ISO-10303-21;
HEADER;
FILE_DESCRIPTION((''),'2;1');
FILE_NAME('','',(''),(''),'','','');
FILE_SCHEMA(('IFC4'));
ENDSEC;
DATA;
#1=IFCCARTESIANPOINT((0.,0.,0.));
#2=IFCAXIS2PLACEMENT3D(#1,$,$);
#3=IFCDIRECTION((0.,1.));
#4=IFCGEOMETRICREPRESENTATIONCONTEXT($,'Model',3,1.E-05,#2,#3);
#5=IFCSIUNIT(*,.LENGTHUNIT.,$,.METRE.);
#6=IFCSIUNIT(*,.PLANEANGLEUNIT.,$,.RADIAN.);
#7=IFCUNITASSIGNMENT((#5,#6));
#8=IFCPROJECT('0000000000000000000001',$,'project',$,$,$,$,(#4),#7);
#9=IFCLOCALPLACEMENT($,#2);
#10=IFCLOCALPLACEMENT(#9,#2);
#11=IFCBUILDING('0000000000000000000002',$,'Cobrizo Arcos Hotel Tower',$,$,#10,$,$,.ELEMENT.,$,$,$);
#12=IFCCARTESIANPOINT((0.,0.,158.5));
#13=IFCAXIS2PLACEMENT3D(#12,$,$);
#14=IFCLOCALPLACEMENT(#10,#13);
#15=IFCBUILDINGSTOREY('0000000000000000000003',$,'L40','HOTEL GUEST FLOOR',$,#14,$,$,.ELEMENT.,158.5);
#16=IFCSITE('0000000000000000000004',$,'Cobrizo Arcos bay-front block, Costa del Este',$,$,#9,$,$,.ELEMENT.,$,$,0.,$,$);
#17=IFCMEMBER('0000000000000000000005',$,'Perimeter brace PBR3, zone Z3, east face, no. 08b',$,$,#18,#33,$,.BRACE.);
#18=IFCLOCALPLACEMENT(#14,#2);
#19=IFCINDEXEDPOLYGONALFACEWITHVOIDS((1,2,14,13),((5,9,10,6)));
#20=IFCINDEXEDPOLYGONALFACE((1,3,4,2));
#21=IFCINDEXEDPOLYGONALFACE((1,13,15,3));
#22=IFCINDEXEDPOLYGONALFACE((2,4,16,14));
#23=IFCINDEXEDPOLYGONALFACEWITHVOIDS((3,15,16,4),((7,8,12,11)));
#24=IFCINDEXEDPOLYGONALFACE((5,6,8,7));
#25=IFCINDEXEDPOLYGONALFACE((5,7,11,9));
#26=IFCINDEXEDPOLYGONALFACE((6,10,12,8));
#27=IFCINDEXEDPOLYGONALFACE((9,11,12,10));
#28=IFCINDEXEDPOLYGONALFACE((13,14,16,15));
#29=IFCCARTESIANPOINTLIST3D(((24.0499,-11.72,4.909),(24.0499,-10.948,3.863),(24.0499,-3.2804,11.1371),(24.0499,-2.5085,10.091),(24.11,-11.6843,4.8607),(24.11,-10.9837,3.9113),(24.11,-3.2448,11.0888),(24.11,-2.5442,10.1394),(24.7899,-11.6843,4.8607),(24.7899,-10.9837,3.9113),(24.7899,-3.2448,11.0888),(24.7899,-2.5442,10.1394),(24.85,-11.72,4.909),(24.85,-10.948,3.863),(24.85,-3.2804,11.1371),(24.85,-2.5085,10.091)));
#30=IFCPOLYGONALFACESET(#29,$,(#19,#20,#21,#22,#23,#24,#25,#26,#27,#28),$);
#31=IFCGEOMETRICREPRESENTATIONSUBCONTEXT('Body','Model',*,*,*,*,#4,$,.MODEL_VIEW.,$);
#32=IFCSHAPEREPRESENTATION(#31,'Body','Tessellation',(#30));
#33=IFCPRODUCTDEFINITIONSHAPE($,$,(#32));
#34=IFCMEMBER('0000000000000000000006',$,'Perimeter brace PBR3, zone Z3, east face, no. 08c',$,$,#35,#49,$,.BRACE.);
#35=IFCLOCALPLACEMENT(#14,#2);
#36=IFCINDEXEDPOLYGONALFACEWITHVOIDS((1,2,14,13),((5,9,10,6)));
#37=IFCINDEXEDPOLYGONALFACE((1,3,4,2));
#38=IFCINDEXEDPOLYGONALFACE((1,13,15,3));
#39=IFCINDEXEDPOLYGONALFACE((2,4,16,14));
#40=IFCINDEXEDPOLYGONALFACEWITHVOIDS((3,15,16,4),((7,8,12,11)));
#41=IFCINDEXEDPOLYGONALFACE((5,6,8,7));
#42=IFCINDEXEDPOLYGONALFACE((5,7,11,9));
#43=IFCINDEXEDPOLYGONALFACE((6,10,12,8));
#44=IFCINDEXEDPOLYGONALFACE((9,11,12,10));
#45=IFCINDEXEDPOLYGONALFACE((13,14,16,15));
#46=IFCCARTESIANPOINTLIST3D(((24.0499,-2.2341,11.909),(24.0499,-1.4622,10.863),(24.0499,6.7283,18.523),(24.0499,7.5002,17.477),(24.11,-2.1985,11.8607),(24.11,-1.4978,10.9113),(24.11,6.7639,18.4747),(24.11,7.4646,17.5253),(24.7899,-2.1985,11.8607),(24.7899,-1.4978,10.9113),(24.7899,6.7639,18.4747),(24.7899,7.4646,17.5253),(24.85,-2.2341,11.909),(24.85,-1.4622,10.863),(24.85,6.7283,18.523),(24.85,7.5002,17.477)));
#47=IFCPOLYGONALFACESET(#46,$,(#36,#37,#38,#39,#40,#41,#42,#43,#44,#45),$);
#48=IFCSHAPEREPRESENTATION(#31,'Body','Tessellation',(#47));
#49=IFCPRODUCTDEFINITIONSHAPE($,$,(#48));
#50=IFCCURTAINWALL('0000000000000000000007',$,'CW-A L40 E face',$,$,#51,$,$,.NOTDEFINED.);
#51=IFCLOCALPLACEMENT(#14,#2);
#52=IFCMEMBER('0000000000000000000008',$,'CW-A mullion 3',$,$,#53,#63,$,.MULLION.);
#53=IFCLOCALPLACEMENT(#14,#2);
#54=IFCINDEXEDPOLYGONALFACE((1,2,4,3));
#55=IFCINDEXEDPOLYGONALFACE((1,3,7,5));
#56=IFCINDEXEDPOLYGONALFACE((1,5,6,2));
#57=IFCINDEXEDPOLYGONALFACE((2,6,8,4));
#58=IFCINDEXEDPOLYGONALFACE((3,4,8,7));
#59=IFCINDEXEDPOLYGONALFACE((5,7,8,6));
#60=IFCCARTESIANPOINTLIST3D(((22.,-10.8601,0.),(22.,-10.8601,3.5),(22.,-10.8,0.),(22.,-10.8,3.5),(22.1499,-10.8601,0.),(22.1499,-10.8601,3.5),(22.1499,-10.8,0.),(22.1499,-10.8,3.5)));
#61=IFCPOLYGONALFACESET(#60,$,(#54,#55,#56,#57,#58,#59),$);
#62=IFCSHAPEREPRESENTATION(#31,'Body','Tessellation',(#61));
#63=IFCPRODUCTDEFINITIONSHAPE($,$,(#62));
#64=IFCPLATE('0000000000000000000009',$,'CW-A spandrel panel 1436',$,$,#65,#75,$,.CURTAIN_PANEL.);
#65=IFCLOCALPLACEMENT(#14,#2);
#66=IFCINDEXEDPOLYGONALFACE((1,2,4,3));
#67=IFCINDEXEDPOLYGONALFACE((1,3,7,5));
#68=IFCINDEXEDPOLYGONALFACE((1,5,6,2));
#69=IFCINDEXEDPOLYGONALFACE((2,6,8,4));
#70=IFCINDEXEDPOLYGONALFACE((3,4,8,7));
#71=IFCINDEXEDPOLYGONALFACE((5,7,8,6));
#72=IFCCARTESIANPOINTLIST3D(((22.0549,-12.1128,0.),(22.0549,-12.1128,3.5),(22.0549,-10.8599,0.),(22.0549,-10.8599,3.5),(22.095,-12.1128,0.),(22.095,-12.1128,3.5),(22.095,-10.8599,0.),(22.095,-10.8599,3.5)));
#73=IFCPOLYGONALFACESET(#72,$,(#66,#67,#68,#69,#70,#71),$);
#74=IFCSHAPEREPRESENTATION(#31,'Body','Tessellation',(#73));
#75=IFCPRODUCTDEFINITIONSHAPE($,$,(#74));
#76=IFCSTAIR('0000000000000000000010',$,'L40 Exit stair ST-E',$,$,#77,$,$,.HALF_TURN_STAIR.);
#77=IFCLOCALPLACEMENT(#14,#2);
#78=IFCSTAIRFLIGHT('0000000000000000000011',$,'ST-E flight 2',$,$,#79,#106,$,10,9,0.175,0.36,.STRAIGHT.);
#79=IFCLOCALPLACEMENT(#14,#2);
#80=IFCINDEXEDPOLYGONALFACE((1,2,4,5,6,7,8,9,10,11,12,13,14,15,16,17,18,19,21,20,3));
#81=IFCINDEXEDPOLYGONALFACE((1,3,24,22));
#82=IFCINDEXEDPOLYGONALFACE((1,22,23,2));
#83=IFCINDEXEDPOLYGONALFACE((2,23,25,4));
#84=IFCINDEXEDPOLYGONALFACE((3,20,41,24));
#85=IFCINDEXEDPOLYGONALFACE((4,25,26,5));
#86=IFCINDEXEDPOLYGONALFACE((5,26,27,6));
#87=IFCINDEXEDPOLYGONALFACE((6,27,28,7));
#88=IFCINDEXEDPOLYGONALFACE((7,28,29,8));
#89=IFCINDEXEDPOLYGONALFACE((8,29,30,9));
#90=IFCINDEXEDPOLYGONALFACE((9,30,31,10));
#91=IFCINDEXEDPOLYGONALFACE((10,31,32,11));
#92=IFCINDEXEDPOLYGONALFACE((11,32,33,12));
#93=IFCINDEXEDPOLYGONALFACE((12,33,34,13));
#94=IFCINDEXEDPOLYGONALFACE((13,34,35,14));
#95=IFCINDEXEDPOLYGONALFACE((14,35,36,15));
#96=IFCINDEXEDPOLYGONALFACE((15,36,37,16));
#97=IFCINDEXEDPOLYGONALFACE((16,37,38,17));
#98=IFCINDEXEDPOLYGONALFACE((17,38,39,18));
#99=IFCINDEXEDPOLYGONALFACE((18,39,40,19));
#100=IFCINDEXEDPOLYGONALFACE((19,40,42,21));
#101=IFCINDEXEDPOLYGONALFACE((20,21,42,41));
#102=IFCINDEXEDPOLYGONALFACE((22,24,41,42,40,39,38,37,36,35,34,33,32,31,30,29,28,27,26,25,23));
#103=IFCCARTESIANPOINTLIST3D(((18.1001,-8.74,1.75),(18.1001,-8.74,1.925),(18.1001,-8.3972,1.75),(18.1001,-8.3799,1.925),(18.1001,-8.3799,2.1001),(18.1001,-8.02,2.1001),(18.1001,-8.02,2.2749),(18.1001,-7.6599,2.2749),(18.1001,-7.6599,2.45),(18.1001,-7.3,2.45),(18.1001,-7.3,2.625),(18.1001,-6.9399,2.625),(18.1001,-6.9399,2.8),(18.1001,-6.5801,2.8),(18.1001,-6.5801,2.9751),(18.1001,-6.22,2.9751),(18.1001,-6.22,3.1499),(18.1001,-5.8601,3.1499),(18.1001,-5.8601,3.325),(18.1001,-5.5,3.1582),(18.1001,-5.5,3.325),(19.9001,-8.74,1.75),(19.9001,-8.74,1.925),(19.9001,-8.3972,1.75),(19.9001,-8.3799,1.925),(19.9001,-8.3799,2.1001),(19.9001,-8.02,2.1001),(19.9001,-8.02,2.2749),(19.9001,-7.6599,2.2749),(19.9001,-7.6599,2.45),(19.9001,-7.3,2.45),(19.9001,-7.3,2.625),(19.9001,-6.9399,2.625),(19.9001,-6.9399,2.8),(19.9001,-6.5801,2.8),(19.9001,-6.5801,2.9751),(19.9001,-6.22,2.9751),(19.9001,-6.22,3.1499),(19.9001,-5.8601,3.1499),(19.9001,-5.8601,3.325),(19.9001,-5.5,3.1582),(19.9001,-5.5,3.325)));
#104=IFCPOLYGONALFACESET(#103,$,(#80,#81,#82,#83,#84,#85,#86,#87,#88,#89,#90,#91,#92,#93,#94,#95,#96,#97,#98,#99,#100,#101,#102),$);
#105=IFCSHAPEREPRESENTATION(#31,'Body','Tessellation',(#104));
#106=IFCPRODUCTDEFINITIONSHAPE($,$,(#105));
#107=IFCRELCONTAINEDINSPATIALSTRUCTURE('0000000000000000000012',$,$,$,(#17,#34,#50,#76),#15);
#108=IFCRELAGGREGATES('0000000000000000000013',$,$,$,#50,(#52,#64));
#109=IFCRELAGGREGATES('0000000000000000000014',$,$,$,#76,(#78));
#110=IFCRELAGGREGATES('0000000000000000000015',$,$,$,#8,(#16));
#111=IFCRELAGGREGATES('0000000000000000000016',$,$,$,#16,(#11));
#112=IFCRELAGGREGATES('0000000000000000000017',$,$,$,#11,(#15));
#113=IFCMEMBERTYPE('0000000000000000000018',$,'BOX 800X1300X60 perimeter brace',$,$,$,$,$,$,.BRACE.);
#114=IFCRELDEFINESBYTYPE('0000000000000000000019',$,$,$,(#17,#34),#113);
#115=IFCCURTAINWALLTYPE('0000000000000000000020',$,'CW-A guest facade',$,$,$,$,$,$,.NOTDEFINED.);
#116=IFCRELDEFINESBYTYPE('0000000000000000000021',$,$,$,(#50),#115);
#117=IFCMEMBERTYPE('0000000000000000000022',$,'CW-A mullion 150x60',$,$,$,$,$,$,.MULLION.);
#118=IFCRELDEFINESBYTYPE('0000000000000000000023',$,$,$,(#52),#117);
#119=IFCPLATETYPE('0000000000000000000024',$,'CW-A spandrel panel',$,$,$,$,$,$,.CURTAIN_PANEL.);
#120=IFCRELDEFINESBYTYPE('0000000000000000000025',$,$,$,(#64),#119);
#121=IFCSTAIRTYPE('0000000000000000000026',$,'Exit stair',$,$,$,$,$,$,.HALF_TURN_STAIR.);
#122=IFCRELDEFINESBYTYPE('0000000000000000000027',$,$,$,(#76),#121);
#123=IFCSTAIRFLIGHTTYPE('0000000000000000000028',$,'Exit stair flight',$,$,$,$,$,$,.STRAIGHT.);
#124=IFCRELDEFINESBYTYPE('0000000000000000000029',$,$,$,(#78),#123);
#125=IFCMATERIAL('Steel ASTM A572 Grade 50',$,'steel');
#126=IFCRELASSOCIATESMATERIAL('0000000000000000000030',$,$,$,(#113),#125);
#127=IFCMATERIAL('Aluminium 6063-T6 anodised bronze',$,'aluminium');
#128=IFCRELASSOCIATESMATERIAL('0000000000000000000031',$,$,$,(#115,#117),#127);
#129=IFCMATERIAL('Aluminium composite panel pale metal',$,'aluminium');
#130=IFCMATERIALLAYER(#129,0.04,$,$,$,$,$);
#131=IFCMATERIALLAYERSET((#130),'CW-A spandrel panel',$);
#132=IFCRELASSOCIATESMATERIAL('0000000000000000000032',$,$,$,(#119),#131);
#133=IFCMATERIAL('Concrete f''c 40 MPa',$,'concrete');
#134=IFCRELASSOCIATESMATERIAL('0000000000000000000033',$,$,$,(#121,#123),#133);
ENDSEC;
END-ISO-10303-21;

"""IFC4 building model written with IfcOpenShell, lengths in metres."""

from ifc_helpers import new_model, si_unit, direction, frame, origin, origin_2d, place, context, subcontext, project, spatial, polyline, rectangle, hollow_rectangle, outline, extrude, material, layer, layer_set, material_profile, profile_set, type_object, element, aggregate, save


model = new_model("IFC4")

# Units and contexts
model_context = context("Model", 3, precision=1e-05, world=origin(), true_north=direction((0.0, 1.0)))
body_context = subcontext(model_context, "Body", "Model", "MODEL_VIEW")
ifc_project = project(units=[si_unit("LENGTHUNIT", "METRE"), si_unit("PLANEANGLEUNIT", "RADIAN")], contexts=[model_context])

# Site, building, storey
site_placement = place(None, origin())
site = spatial("IfcSite", under=ifc_project, at=site_placement, Name="Cobrizo Arcos bay-front block, Costa del Este", CompositionType="ELEMENT", RefElevation=0.0)
building_placement = place(site_placement, origin())
building = spatial("IfcBuilding", under=site, at=building_placement, Name="Cobrizo Arcos Hotel Tower", CompositionType="ELEMENT")
storey_placement = place(building_placement, frame((0.0, 0.0, 158.5)))
storey = spatial("IfcBuildingStorey", under=building, at=storey_placement, Name="L40", Description="HOTEL GUEST FLOOR", CompositionType="ELEMENT", Elevation=158.5)

# Members
ifc_material_1 = material(Name="Steel ASTM A572 Grade 50", Category="steel")
ifc_material_profile_1 = material_profile(ifc_material_1, hollow_rectangle(XDim=0.8, YDim=1.3, WallThickness=0.0601, at=origin_2d()), Name="BOX 800X1300X60")
ifc_profile_set_1 = profile_set([ifc_material_profile_1], Name="Steel ASTM A572 Grade 50")
member_type_1 = type_object("IfcMemberType", Name="BOX 800X1300X60 perimeter brace", PredefinedType="BRACE", material=ifc_profile_set_1)
member_1_placement = place(storey_placement, frame((24.45, -11.334, 4.386), z_axis=(0.0, 0.804624, 0.593785), x_axis=(-1.0, 0.0, 0.0)))
element("IfcMember", 1, at=member_1_placement, inside=storey, type_object=member_type_1, Name="Perimeter brace PBR3, zone Z3, east face, no. 08b", PredefinedType="BRACE", context=body_context, shape_type="SweptSolid", body=[
    extrude(hollow_rectangle(XDim=0.8, YDim=1.3, WallThickness=0.0601, at=origin_2d()), origin(), (0.0, 0.0, 1.0), 10.4888),
])
member_2_placement = place(storey_placement, frame((24.45, -1.8481, 11.386), z_axis=(0.0, 0.804621, 0.593789), x_axis=(-1.0, 0.0, 0.0)))
element("IfcMember", 2, at=member_2_placement, inside=storey, type_object=member_type_1, Name="Perimeter brace PBR3, zone Z3, east face, no. 08c", PredefinedType="BRACE", context=body_context, shape_type="SweptSolid", body=[
    extrude(hollow_rectangle(XDim=0.8, YDim=1.3, WallThickness=0.0601, at=origin_2d()), origin(), (0.0, 0.0, 1.0), 11.1387),
])

# Curtain wall, member, plate
ifc_material_2 = material(Name="Aluminium 6063-T6 anodised bronze", Category="aluminium")
curtain_wall_type = type_object("IfcCurtainWallType", Name="CW-A guest facade", PredefinedType="NOTDEFINED", material=ifc_material_2)
curtain_wall_placement = place(storey_placement, origin())
curtain_wall = element("IfcCurtainWall", 3, at=curtain_wall_placement, inside=storey, type_object=curtain_wall_type, Name="CW-A L40 E face", PredefinedType="NOTDEFINED")
ifc_material_profile_2 = material_profile(ifc_material_2, rectangle(XDim=0.1499, YDim=0.0601, at=origin_2d()), Name="CW-A mullion 150x60")
ifc_profile_set_2 = profile_set([ifc_material_profile_2], Name="Aluminium 6063-T6 anodised bronze")
member_type_2 = type_object("IfcMemberType", Name="CW-A mullion 150x60", PredefinedType="MULLION", material=ifc_profile_set_2)
member_3_placement = place(storey_placement, frame((22.075, -10.8301, 0.0), z_axis=(0.0, 0.0, 1.0), x_axis=(1.0, 0.0, 0.0)))
member_3 = element("IfcMember", 4, at=member_3_placement, type_object=member_type_2, Name="CW-A mullion 3", PredefinedType="MULLION", context=body_context, shape_type="SweptSolid", body=[
    extrude(rectangle(XDim=0.1499, YDim=0.0601, at=origin_2d()), origin(), (0.0, 0.0, 1.0), 3.5),
])
ifc_material_3 = material(Name="Aluminium composite panel pale metal", Category="aluminium")
ifc_layer = layer(ifc_material_3, 0.04)
ifc_layer_set = layer_set([ifc_layer], Name="CW-A spandrel panel")
plate_type = type_object("IfcPlateType", Name="CW-A spandrel panel", PredefinedType="CURTAIN_PANEL", material=ifc_layer_set)
plate_placement = place(storey_placement, frame((22.075, -11.4863, 0.0), z_axis=(0.0, 0.0, 1.0), x_axis=(0.0, 1.0, 0.0)))
plate = element("IfcPlate", 5, at=plate_placement, type_object=plate_type, Name="CW-A spandrel panel 1436", PredefinedType="CURTAIN_PANEL", context=body_context, shape_type="SweptSolid", body=[
    extrude(rectangle(XDim=1.2529, YDim=0.04, at=origin_2d()), origin(), (0.0, 0.0, 1.0), 3.5),
])
aggregate(curtain_wall, [member_3, plate])

# Stair, stair flight
ifc_material_4 = material(Name="Concrete f'c 40 MPa", Category="concrete")
stair_type = type_object("IfcStairType", Name="Exit stair", PredefinedType="HALF_TURN_STAIR", material=ifc_material_4)
stair_placement = place(storey_placement, origin())
stair = element("IfcStair", 6, at=stair_placement, inside=storey, type_object=stair_type, Name="L40 Exit stair ST-E", PredefinedType="HALF_TURN_STAIR")
stair_flight_type = type_object("IfcStairFlightType", Name="Exit stair flight", PredefinedType="STRAIGHT", material=ifc_material_4)
stair_flight_placement = place(storey_placement, frame((19.0, -8.74, 1.75), z_axis=(0.0, 0.0, 1.0), x_axis=(0.0, 1.0, 0.0)))
stair_flight = element("IfcStairFlight", 7, at=stair_flight_placement, type_object=stair_flight_type, Name="ST-E flight 2", NumberOfRisers=10, NumberOfTreads=9, PredefinedType="STRAIGHT", RiserHeight=0.175, TreadLength=0.36, context=body_context, shape_type="SweptSolid", body=[
    extrude(outline(polyline([(0.0, 0.0), (0.0, 0.175), (0.3601, 0.175), (0.3601, 0.3501), (0.72, 0.3501), (0.72, 0.5249), (1.0801, 0.5249), (1.0801, 0.7), (1.4399, 0.7), (1.4399, 0.875), (1.8, 0.875), (1.8, 1.05), (2.1599, 1.05), (2.1599, 1.2251), (2.52, 1.2251), (2.52, 1.3999), (2.8799, 1.3999), (2.8799, 1.575), (3.24, 1.575), (3.24, 1.75), (3.24, 1.4082), (0.3428, 0.0), (0.0, 0.0)])), frame((0.0, 0.8999, 0.0), z_axis=(0.0, -1.0, 0.0), x_axis=(1.0, 0.0, 0.0)), (0.0, 0.0, 1.0), 1.8),
])
aggregate(stair, [stair_flight])

save(model, "model.ifc")
